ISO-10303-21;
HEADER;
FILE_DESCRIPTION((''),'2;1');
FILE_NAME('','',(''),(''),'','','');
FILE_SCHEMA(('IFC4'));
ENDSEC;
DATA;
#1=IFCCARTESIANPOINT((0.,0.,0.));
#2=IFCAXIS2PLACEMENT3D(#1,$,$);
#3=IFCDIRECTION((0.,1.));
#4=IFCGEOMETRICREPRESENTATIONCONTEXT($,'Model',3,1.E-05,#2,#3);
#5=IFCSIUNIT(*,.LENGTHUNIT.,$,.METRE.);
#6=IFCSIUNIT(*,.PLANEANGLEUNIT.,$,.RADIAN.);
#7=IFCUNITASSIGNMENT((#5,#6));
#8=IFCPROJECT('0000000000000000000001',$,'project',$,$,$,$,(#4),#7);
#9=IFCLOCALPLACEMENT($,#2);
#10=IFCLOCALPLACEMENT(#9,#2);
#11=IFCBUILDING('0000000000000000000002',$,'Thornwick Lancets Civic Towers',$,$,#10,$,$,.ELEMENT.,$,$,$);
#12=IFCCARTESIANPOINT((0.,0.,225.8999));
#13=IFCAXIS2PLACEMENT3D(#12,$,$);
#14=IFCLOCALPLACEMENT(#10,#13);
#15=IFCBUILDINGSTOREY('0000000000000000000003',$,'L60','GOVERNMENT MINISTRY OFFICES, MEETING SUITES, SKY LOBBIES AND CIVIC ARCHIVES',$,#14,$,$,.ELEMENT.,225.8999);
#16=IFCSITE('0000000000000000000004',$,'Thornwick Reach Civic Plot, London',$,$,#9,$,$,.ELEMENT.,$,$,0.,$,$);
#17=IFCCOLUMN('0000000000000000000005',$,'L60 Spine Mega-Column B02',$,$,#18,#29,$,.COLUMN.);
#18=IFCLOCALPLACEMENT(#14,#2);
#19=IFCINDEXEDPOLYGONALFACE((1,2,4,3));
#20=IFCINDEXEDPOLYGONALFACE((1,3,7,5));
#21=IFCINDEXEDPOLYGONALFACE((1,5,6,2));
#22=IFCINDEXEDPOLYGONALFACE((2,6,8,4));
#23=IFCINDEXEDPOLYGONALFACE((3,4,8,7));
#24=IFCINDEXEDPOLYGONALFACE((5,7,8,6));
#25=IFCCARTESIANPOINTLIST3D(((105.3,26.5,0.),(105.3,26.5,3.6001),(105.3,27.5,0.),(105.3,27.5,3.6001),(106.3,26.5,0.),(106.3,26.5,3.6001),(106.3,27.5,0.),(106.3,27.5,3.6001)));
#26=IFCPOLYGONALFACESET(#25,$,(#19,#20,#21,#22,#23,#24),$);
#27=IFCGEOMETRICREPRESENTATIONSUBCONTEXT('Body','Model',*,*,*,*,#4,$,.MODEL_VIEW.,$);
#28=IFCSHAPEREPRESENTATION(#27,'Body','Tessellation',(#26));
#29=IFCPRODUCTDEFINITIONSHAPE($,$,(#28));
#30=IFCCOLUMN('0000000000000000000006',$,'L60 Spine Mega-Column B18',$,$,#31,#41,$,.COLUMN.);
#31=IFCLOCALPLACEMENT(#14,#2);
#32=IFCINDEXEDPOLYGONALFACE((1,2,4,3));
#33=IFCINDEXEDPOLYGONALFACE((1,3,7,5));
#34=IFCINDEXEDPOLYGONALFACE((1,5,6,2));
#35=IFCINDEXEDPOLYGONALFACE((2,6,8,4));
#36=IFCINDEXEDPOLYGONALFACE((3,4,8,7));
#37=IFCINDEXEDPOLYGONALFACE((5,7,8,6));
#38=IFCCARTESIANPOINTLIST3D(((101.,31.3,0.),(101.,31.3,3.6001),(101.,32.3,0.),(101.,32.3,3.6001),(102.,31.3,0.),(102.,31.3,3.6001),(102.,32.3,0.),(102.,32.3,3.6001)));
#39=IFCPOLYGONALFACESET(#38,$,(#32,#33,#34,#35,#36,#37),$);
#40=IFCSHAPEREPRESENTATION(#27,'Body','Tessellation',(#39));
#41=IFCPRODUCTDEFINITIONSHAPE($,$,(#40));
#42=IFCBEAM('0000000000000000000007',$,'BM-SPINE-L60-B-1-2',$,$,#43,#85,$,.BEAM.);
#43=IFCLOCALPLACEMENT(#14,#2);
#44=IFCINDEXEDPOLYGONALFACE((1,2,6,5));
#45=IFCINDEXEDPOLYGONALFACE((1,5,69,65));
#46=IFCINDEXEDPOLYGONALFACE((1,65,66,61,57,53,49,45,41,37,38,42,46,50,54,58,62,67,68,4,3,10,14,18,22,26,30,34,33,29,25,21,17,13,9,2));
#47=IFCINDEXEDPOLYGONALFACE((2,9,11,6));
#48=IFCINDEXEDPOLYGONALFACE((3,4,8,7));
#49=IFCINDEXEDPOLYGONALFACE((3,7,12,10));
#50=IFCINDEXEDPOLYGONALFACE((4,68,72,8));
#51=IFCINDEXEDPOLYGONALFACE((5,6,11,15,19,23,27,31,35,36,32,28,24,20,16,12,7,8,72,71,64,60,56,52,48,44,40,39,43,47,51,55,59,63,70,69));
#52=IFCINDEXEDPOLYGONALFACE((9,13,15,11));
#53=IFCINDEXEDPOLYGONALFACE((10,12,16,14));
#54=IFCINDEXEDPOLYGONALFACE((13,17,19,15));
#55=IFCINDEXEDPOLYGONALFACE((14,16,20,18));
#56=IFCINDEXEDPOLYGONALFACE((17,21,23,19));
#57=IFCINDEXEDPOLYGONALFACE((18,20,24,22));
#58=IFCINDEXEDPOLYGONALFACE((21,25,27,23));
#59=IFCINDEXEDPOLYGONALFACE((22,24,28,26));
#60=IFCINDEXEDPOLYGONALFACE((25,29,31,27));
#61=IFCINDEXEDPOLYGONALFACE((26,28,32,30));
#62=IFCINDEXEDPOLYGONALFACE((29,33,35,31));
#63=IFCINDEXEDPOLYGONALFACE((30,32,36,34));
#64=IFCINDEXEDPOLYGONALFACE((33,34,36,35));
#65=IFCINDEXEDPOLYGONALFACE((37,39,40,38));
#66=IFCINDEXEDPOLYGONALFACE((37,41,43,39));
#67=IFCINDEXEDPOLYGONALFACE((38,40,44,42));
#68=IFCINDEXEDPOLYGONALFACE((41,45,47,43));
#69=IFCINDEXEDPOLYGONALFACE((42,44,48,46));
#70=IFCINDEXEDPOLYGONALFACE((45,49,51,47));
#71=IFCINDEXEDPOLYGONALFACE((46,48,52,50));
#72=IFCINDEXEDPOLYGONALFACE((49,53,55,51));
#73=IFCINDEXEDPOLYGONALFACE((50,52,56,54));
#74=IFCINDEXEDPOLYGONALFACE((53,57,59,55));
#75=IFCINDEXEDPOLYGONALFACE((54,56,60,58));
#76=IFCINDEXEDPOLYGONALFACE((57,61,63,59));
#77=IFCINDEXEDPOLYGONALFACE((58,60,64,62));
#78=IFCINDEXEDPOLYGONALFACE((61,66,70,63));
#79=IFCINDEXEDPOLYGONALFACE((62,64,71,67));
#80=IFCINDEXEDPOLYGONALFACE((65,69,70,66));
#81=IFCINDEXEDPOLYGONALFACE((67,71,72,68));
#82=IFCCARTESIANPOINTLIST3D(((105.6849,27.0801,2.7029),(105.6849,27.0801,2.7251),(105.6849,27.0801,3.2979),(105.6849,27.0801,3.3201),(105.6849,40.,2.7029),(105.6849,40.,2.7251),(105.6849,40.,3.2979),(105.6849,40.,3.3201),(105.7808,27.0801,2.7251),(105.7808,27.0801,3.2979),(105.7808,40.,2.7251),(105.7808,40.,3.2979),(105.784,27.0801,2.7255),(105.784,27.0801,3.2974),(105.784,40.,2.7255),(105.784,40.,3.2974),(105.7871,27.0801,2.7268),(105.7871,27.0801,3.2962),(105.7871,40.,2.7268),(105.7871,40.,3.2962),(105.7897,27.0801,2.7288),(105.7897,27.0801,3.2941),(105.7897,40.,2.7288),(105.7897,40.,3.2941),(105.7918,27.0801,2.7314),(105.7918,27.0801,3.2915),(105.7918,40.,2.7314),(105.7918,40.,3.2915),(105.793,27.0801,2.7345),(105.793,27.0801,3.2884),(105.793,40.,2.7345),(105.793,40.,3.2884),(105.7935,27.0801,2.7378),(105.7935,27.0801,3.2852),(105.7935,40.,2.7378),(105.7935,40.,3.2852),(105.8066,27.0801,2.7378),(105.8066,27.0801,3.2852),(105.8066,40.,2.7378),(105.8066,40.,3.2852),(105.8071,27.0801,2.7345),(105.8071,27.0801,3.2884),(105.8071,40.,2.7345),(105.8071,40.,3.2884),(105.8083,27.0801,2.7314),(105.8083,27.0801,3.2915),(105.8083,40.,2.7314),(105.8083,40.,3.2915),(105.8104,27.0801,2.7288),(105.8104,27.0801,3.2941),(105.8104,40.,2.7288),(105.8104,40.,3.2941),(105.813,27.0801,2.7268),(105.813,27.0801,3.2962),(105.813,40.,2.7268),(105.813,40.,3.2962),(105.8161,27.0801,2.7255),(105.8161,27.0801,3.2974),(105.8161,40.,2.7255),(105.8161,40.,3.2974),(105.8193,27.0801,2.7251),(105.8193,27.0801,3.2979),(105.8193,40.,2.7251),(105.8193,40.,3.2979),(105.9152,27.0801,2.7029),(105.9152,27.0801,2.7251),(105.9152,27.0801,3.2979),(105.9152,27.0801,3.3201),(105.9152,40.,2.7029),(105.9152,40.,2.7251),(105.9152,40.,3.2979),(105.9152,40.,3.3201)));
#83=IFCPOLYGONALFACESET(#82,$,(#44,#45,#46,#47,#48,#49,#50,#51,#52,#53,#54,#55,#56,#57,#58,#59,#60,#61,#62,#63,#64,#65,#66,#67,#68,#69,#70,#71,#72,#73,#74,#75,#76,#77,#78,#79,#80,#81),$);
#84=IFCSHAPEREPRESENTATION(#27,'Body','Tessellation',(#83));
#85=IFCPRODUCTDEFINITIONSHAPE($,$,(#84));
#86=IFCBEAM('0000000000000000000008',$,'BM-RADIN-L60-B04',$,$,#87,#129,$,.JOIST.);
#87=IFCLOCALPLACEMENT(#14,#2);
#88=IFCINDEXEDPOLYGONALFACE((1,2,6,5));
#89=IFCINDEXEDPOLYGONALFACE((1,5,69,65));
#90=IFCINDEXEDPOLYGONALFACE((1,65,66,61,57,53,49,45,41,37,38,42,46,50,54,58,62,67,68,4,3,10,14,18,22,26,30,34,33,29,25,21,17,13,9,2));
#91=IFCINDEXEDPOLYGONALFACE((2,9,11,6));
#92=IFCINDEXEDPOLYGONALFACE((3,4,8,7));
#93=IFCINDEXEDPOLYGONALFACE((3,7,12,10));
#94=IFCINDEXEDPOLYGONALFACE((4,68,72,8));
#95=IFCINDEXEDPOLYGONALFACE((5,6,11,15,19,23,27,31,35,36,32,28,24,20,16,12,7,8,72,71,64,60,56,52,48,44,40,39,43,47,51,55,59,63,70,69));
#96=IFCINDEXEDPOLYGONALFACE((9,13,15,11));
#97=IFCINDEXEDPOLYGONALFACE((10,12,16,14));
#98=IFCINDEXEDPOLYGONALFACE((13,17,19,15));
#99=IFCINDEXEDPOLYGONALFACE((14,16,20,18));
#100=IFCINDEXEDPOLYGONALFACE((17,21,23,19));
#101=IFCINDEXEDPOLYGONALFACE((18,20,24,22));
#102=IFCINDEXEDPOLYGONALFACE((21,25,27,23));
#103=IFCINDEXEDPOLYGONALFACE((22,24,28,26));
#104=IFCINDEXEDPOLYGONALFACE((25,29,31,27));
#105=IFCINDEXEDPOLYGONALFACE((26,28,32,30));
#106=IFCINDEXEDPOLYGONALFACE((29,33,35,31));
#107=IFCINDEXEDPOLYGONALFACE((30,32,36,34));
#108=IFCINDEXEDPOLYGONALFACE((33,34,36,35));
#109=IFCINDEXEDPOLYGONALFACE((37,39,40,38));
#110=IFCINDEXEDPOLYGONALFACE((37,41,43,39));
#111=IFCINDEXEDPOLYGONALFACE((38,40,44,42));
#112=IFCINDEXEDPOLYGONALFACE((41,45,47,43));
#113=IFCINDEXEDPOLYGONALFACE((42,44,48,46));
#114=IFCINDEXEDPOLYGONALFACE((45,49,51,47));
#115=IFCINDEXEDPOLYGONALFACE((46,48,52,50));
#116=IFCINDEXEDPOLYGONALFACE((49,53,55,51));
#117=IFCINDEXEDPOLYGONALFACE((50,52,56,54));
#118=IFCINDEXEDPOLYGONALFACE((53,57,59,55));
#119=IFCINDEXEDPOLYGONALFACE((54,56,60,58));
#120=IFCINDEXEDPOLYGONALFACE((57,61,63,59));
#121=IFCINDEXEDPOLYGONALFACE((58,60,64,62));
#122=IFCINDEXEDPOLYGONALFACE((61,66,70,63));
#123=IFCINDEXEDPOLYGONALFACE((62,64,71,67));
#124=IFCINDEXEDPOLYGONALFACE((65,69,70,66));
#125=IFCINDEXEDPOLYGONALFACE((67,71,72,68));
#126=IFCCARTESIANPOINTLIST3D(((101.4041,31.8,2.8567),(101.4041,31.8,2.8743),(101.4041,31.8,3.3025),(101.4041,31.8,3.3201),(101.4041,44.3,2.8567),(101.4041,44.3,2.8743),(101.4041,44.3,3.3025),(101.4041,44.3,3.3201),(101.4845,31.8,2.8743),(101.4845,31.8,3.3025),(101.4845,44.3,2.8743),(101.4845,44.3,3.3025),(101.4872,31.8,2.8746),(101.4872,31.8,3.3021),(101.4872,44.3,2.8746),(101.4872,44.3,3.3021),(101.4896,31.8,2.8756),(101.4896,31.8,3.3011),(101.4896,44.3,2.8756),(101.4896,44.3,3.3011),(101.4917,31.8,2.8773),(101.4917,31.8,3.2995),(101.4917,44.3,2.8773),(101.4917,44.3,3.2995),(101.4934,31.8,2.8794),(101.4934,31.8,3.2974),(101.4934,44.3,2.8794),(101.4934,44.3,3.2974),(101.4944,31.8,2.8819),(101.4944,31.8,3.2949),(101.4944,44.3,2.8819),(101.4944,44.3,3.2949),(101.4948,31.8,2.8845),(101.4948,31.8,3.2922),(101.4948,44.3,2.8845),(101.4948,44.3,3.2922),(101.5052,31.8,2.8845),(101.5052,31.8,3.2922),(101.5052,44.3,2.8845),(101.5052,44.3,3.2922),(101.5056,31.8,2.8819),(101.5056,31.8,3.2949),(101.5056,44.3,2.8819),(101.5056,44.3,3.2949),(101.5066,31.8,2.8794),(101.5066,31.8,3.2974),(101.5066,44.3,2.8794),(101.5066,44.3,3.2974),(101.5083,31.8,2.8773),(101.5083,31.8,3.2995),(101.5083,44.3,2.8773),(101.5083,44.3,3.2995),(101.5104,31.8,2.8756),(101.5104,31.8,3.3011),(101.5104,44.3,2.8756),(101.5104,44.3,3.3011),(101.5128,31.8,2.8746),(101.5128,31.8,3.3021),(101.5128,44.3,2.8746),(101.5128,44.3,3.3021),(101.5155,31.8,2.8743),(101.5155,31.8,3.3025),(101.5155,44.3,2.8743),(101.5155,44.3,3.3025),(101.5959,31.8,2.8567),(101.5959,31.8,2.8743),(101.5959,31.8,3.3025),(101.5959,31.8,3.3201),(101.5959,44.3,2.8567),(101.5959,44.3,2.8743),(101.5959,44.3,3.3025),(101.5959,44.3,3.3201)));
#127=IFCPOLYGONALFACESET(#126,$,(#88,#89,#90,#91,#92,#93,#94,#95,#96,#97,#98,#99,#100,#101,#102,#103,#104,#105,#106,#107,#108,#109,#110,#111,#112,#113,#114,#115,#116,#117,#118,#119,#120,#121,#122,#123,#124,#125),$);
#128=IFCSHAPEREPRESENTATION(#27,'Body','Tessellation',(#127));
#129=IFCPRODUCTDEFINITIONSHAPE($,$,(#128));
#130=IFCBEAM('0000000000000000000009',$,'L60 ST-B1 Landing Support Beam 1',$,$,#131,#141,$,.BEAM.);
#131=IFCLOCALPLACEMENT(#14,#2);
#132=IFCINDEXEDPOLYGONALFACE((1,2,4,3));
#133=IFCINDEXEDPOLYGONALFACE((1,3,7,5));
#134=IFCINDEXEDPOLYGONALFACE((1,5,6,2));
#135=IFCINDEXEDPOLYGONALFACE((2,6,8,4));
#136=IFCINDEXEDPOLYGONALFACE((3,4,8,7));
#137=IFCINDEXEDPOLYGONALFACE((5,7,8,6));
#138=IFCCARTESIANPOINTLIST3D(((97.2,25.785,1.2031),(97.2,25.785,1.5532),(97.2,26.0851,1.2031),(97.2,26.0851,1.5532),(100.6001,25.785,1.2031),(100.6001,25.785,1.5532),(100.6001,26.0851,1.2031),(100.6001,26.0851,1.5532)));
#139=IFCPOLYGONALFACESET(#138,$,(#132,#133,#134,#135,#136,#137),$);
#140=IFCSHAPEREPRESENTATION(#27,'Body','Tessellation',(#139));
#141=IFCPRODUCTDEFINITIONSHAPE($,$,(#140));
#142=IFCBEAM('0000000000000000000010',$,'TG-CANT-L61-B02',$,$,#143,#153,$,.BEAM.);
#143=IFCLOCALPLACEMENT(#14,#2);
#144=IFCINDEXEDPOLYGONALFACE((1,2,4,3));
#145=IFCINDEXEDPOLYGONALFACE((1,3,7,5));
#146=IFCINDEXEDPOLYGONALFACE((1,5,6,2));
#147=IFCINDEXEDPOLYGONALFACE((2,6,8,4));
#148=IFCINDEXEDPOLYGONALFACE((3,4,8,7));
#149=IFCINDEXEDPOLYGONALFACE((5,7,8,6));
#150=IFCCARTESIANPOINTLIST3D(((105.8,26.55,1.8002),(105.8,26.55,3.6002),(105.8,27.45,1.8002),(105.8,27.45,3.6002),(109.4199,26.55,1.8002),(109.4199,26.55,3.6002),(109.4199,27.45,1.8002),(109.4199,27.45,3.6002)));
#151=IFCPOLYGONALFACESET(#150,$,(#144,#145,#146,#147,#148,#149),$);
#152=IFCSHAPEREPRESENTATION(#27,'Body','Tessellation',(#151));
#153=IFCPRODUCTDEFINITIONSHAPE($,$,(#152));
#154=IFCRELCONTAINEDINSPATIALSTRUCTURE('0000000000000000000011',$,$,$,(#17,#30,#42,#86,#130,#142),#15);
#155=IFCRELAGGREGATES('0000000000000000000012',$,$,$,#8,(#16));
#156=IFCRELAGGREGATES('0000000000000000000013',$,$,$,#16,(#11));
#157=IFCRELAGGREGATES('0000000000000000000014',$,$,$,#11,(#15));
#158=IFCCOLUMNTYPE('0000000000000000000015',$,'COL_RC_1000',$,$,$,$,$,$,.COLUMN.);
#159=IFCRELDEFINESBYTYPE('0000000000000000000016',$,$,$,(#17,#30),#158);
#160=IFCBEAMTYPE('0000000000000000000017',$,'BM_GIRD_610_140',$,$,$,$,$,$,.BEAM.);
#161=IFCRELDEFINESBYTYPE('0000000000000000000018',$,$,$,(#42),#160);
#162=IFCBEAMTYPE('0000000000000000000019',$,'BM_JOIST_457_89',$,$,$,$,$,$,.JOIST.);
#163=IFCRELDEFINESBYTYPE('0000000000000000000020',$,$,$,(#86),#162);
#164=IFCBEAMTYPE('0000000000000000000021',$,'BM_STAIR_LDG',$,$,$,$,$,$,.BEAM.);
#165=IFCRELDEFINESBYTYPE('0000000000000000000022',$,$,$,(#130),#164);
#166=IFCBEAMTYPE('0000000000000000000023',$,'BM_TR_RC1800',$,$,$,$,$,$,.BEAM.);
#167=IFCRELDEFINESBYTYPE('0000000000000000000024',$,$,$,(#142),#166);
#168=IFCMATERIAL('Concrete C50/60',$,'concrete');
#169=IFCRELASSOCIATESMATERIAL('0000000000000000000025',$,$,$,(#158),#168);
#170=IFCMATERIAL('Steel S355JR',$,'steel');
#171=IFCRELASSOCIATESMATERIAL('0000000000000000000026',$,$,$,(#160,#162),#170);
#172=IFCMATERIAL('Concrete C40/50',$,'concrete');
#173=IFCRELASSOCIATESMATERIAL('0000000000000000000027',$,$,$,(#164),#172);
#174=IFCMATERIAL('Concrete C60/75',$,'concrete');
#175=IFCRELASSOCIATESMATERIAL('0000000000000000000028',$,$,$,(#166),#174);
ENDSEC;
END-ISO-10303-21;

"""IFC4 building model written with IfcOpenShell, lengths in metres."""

from ifc_helpers import new_model, si_unit, direction, frame, origin, origin_2d, place, context, subcontext, project, spatial, rectangle, i_section, extrude, material, material_profile, profile_set, type_object, element, save


model = new_model("IFC4")

# Units and contexts
model_context = context("Model", 3, precision=1e-05, world=origin(), true_north=direction((0.0, 1.0)))
body_context = subcontext(model_context, "Body", "Model", "MODEL_VIEW")
ifc_project = project(units=[si_unit("LENGTHUNIT", "METRE"), si_unit("PLANEANGLEUNIT", "RADIAN")], contexts=[model_context])

# Site, building, storey
site_placement = place(None, origin())
site = spatial("IfcSite", under=ifc_project, at=site_placement, Name="Thornwick Reach Civic Plot, London", CompositionType="ELEMENT", RefElevation=0.0)
building_placement = place(site_placement, origin())
building = spatial("IfcBuilding", under=site, at=building_placement, Name="Thornwick Lancets Civic Towers", CompositionType="ELEMENT")
storey_placement = place(building_placement, frame((0.0, 0.0, 225.8999)))
storey = spatial("IfcBuildingStorey", under=building, at=storey_placement, Name="L60", Description="GOVERNMENT MINISTRY OFFICES, MEETING SUITES, SKY LOBBIES AND CIVIC ARCHIVES", CompositionType="ELEMENT", Elevation=225.8999)

# Columns
ifc_material_1 = material(Name="Concrete C50/60", Category="concrete")
ifc_material_profile_1 = material_profile(ifc_material_1, rectangle(XDim=1.0, YDim=1.0, at=origin_2d()), Name="RC 1000x1000")
ifc_profile_set_1 = profile_set([ifc_material_profile_1], Name="Concrete C50/60")
column_type = type_object("IfcColumnType", Name="COL_RC_1000", PredefinedType="COLUMN", material=ifc_profile_set_1)
for number, where, z_axis, x_axis, name in (
    (1, (105.8, 27.0, 0.0), (0.0, 0.0, 1.0), (1.0, 0.0, 0.0), "L60 Spine Mega-Column B02"),
    (2, (101.5, 31.8, 0.0), (0.0, 0.0, 1.0), (1.0, 0.0, 0.0), "L60 Spine Mega-Column B18"),
):
    element("IfcColumn", number, at=place(storey_placement, frame(where, z_axis=z_axis, x_axis=x_axis)), inside=storey, type_object=column_type, Name=name, PredefinedType="COLUMN", context=body_context, shape_type="SweptSolid", body=[
        extrude(rectangle(XDim=1.0, YDim=1.0, at=origin_2d()), origin(), (0.0, 0.0, 1.0), 3.6001),
    ])

# Beams
ifc_material_2 = material(Name="Steel S355JR", Category="steel")
ifc_material_profile_2 = material_profile(ifc_material_2, i_section(OverallWidth=0.2302, OverallDepth=0.6172, WebThickness=0.0132, FlangeThickness=0.0222, FilletRadius=0.0127, at=origin_2d()), Name="UKB 610x229x140")
ifc_profile_set_2 = profile_set([ifc_material_profile_2], Name="Steel S355JR")
beam_type_1 = type_object("IfcBeamType", Name="BM_GIRD_610_140", PredefinedType="BEAM", material=ifc_profile_set_2)
beam_1_placement = place(storey_placement, frame((105.8, 27.0801, 3.0115), z_axis=(0.0, 1.0, 0.0), x_axis=(-1.0, 0.0, 0.0)))
element("IfcBeam", 3, at=beam_1_placement, inside=storey, type_object=beam_type_1, Name="BM-SPINE-L60-B-1-2", PredefinedType="BEAM", context=body_context, shape_type="SweptSolid", body=[
    extrude(i_section(OverallWidth=0.2302, OverallDepth=0.6172, WebThickness=0.0132, FlangeThickness=0.0222, FilletRadius=0.0127, at=origin_2d()), origin(), (0.0, 0.0, 1.0), 12.9199),
])
ifc_material_profile_3 = material_profile(ifc_material_2, i_section(OverallWidth=0.1919, OverallDepth=0.4634, WebThickness=0.0105, FlangeThickness=0.0176, FilletRadius=0.0103, at=origin_2d()), Name="UKB 457x191x89")
ifc_profile_set_3 = profile_set([ifc_material_profile_3], Name="Steel S355JR")
beam_type_2 = type_object("IfcBeamType", Name="BM_JOIST_457_89", PredefinedType="JOIST", material=ifc_profile_set_3)
beam_2_placement = place(storey_placement, frame((101.5, 31.8, 3.0884), z_axis=(0.0, 1.0, 0.0), x_axis=(-1.0, 0.0, 0.0)))
element("IfcBeam", 4, at=beam_2_placement, inside=storey, type_object=beam_type_2, Name="BM-RADIN-L60-B04", PredefinedType="JOIST", context=body_context, shape_type="SweptSolid", body=[
    extrude(i_section(OverallWidth=0.1919, OverallDepth=0.4634, WebThickness=0.0105, FlangeThickness=0.0176, FilletRadius=0.0103, at=origin_2d()), origin(), (0.0, 0.0, 1.0), 12.5),
])
ifc_material_3 = material(Name="Concrete C40/50", Category="concrete")
ifc_material_profile_4 = material_profile(ifc_material_3, rectangle(XDim=0.3, YDim=0.3501, at=origin_2d()), Name="RC 300x350")
ifc_profile_set_4 = profile_set([ifc_material_profile_4], Name="Concrete C40/50")
beam_type_3 = type_object("IfcBeamType", Name="BM_STAIR_LDG", PredefinedType="BEAM", material=ifc_profile_set_4)
beam_3_placement = place(storey_placement, frame((100.6001, 25.9351, 1.3782), z_axis=(-1.0, 0.0, 0.0), x_axis=(0.0, -1.0, 0.0)))
element("IfcBeam", 5, at=beam_3_placement, inside=storey, type_object=beam_type_3, Name="L60 ST-B1 Landing Support Beam 1", PredefinedType="BEAM", context=body_context, shape_type="SweptSolid", body=[
    extrude(rectangle(XDim=0.3, YDim=0.3501, at=origin_2d()), origin(), (0.0, 0.0, 1.0), 3.4001),
])
ifc_material_4 = material(Name="Concrete C60/75", Category="concrete")
ifc_material_profile_5 = material_profile(ifc_material_4, rectangle(XDim=0.8999, YDim=1.8, at=origin_2d()), Name="RC 900x1800")
ifc_profile_set_5 = profile_set([ifc_material_profile_5], Name="Concrete C60/75")
beam_type_4 = type_object("IfcBeamType", Name="BM_TR_RC1800", PredefinedType="BEAM", material=ifc_profile_set_5)
beam_4_placement = place(storey_placement, frame((105.8, 27.0, 2.7002), z_axis=(1.0, 0.0, 0.0), x_axis=(0.0, 1.0, 0.0)))
element("IfcBeam", 6, at=beam_4_placement, inside=storey, type_object=beam_type_4, Name="TG-CANT-L61-B02", PredefinedType="BEAM", context=body_context, shape_type="SweptSolid", body=[
    extrude(rectangle(XDim=0.8999, YDim=1.8, at=origin_2d()), origin(), (0.0, 0.0, 1.0), 3.6199),
])

save(model, "model.ifc")
